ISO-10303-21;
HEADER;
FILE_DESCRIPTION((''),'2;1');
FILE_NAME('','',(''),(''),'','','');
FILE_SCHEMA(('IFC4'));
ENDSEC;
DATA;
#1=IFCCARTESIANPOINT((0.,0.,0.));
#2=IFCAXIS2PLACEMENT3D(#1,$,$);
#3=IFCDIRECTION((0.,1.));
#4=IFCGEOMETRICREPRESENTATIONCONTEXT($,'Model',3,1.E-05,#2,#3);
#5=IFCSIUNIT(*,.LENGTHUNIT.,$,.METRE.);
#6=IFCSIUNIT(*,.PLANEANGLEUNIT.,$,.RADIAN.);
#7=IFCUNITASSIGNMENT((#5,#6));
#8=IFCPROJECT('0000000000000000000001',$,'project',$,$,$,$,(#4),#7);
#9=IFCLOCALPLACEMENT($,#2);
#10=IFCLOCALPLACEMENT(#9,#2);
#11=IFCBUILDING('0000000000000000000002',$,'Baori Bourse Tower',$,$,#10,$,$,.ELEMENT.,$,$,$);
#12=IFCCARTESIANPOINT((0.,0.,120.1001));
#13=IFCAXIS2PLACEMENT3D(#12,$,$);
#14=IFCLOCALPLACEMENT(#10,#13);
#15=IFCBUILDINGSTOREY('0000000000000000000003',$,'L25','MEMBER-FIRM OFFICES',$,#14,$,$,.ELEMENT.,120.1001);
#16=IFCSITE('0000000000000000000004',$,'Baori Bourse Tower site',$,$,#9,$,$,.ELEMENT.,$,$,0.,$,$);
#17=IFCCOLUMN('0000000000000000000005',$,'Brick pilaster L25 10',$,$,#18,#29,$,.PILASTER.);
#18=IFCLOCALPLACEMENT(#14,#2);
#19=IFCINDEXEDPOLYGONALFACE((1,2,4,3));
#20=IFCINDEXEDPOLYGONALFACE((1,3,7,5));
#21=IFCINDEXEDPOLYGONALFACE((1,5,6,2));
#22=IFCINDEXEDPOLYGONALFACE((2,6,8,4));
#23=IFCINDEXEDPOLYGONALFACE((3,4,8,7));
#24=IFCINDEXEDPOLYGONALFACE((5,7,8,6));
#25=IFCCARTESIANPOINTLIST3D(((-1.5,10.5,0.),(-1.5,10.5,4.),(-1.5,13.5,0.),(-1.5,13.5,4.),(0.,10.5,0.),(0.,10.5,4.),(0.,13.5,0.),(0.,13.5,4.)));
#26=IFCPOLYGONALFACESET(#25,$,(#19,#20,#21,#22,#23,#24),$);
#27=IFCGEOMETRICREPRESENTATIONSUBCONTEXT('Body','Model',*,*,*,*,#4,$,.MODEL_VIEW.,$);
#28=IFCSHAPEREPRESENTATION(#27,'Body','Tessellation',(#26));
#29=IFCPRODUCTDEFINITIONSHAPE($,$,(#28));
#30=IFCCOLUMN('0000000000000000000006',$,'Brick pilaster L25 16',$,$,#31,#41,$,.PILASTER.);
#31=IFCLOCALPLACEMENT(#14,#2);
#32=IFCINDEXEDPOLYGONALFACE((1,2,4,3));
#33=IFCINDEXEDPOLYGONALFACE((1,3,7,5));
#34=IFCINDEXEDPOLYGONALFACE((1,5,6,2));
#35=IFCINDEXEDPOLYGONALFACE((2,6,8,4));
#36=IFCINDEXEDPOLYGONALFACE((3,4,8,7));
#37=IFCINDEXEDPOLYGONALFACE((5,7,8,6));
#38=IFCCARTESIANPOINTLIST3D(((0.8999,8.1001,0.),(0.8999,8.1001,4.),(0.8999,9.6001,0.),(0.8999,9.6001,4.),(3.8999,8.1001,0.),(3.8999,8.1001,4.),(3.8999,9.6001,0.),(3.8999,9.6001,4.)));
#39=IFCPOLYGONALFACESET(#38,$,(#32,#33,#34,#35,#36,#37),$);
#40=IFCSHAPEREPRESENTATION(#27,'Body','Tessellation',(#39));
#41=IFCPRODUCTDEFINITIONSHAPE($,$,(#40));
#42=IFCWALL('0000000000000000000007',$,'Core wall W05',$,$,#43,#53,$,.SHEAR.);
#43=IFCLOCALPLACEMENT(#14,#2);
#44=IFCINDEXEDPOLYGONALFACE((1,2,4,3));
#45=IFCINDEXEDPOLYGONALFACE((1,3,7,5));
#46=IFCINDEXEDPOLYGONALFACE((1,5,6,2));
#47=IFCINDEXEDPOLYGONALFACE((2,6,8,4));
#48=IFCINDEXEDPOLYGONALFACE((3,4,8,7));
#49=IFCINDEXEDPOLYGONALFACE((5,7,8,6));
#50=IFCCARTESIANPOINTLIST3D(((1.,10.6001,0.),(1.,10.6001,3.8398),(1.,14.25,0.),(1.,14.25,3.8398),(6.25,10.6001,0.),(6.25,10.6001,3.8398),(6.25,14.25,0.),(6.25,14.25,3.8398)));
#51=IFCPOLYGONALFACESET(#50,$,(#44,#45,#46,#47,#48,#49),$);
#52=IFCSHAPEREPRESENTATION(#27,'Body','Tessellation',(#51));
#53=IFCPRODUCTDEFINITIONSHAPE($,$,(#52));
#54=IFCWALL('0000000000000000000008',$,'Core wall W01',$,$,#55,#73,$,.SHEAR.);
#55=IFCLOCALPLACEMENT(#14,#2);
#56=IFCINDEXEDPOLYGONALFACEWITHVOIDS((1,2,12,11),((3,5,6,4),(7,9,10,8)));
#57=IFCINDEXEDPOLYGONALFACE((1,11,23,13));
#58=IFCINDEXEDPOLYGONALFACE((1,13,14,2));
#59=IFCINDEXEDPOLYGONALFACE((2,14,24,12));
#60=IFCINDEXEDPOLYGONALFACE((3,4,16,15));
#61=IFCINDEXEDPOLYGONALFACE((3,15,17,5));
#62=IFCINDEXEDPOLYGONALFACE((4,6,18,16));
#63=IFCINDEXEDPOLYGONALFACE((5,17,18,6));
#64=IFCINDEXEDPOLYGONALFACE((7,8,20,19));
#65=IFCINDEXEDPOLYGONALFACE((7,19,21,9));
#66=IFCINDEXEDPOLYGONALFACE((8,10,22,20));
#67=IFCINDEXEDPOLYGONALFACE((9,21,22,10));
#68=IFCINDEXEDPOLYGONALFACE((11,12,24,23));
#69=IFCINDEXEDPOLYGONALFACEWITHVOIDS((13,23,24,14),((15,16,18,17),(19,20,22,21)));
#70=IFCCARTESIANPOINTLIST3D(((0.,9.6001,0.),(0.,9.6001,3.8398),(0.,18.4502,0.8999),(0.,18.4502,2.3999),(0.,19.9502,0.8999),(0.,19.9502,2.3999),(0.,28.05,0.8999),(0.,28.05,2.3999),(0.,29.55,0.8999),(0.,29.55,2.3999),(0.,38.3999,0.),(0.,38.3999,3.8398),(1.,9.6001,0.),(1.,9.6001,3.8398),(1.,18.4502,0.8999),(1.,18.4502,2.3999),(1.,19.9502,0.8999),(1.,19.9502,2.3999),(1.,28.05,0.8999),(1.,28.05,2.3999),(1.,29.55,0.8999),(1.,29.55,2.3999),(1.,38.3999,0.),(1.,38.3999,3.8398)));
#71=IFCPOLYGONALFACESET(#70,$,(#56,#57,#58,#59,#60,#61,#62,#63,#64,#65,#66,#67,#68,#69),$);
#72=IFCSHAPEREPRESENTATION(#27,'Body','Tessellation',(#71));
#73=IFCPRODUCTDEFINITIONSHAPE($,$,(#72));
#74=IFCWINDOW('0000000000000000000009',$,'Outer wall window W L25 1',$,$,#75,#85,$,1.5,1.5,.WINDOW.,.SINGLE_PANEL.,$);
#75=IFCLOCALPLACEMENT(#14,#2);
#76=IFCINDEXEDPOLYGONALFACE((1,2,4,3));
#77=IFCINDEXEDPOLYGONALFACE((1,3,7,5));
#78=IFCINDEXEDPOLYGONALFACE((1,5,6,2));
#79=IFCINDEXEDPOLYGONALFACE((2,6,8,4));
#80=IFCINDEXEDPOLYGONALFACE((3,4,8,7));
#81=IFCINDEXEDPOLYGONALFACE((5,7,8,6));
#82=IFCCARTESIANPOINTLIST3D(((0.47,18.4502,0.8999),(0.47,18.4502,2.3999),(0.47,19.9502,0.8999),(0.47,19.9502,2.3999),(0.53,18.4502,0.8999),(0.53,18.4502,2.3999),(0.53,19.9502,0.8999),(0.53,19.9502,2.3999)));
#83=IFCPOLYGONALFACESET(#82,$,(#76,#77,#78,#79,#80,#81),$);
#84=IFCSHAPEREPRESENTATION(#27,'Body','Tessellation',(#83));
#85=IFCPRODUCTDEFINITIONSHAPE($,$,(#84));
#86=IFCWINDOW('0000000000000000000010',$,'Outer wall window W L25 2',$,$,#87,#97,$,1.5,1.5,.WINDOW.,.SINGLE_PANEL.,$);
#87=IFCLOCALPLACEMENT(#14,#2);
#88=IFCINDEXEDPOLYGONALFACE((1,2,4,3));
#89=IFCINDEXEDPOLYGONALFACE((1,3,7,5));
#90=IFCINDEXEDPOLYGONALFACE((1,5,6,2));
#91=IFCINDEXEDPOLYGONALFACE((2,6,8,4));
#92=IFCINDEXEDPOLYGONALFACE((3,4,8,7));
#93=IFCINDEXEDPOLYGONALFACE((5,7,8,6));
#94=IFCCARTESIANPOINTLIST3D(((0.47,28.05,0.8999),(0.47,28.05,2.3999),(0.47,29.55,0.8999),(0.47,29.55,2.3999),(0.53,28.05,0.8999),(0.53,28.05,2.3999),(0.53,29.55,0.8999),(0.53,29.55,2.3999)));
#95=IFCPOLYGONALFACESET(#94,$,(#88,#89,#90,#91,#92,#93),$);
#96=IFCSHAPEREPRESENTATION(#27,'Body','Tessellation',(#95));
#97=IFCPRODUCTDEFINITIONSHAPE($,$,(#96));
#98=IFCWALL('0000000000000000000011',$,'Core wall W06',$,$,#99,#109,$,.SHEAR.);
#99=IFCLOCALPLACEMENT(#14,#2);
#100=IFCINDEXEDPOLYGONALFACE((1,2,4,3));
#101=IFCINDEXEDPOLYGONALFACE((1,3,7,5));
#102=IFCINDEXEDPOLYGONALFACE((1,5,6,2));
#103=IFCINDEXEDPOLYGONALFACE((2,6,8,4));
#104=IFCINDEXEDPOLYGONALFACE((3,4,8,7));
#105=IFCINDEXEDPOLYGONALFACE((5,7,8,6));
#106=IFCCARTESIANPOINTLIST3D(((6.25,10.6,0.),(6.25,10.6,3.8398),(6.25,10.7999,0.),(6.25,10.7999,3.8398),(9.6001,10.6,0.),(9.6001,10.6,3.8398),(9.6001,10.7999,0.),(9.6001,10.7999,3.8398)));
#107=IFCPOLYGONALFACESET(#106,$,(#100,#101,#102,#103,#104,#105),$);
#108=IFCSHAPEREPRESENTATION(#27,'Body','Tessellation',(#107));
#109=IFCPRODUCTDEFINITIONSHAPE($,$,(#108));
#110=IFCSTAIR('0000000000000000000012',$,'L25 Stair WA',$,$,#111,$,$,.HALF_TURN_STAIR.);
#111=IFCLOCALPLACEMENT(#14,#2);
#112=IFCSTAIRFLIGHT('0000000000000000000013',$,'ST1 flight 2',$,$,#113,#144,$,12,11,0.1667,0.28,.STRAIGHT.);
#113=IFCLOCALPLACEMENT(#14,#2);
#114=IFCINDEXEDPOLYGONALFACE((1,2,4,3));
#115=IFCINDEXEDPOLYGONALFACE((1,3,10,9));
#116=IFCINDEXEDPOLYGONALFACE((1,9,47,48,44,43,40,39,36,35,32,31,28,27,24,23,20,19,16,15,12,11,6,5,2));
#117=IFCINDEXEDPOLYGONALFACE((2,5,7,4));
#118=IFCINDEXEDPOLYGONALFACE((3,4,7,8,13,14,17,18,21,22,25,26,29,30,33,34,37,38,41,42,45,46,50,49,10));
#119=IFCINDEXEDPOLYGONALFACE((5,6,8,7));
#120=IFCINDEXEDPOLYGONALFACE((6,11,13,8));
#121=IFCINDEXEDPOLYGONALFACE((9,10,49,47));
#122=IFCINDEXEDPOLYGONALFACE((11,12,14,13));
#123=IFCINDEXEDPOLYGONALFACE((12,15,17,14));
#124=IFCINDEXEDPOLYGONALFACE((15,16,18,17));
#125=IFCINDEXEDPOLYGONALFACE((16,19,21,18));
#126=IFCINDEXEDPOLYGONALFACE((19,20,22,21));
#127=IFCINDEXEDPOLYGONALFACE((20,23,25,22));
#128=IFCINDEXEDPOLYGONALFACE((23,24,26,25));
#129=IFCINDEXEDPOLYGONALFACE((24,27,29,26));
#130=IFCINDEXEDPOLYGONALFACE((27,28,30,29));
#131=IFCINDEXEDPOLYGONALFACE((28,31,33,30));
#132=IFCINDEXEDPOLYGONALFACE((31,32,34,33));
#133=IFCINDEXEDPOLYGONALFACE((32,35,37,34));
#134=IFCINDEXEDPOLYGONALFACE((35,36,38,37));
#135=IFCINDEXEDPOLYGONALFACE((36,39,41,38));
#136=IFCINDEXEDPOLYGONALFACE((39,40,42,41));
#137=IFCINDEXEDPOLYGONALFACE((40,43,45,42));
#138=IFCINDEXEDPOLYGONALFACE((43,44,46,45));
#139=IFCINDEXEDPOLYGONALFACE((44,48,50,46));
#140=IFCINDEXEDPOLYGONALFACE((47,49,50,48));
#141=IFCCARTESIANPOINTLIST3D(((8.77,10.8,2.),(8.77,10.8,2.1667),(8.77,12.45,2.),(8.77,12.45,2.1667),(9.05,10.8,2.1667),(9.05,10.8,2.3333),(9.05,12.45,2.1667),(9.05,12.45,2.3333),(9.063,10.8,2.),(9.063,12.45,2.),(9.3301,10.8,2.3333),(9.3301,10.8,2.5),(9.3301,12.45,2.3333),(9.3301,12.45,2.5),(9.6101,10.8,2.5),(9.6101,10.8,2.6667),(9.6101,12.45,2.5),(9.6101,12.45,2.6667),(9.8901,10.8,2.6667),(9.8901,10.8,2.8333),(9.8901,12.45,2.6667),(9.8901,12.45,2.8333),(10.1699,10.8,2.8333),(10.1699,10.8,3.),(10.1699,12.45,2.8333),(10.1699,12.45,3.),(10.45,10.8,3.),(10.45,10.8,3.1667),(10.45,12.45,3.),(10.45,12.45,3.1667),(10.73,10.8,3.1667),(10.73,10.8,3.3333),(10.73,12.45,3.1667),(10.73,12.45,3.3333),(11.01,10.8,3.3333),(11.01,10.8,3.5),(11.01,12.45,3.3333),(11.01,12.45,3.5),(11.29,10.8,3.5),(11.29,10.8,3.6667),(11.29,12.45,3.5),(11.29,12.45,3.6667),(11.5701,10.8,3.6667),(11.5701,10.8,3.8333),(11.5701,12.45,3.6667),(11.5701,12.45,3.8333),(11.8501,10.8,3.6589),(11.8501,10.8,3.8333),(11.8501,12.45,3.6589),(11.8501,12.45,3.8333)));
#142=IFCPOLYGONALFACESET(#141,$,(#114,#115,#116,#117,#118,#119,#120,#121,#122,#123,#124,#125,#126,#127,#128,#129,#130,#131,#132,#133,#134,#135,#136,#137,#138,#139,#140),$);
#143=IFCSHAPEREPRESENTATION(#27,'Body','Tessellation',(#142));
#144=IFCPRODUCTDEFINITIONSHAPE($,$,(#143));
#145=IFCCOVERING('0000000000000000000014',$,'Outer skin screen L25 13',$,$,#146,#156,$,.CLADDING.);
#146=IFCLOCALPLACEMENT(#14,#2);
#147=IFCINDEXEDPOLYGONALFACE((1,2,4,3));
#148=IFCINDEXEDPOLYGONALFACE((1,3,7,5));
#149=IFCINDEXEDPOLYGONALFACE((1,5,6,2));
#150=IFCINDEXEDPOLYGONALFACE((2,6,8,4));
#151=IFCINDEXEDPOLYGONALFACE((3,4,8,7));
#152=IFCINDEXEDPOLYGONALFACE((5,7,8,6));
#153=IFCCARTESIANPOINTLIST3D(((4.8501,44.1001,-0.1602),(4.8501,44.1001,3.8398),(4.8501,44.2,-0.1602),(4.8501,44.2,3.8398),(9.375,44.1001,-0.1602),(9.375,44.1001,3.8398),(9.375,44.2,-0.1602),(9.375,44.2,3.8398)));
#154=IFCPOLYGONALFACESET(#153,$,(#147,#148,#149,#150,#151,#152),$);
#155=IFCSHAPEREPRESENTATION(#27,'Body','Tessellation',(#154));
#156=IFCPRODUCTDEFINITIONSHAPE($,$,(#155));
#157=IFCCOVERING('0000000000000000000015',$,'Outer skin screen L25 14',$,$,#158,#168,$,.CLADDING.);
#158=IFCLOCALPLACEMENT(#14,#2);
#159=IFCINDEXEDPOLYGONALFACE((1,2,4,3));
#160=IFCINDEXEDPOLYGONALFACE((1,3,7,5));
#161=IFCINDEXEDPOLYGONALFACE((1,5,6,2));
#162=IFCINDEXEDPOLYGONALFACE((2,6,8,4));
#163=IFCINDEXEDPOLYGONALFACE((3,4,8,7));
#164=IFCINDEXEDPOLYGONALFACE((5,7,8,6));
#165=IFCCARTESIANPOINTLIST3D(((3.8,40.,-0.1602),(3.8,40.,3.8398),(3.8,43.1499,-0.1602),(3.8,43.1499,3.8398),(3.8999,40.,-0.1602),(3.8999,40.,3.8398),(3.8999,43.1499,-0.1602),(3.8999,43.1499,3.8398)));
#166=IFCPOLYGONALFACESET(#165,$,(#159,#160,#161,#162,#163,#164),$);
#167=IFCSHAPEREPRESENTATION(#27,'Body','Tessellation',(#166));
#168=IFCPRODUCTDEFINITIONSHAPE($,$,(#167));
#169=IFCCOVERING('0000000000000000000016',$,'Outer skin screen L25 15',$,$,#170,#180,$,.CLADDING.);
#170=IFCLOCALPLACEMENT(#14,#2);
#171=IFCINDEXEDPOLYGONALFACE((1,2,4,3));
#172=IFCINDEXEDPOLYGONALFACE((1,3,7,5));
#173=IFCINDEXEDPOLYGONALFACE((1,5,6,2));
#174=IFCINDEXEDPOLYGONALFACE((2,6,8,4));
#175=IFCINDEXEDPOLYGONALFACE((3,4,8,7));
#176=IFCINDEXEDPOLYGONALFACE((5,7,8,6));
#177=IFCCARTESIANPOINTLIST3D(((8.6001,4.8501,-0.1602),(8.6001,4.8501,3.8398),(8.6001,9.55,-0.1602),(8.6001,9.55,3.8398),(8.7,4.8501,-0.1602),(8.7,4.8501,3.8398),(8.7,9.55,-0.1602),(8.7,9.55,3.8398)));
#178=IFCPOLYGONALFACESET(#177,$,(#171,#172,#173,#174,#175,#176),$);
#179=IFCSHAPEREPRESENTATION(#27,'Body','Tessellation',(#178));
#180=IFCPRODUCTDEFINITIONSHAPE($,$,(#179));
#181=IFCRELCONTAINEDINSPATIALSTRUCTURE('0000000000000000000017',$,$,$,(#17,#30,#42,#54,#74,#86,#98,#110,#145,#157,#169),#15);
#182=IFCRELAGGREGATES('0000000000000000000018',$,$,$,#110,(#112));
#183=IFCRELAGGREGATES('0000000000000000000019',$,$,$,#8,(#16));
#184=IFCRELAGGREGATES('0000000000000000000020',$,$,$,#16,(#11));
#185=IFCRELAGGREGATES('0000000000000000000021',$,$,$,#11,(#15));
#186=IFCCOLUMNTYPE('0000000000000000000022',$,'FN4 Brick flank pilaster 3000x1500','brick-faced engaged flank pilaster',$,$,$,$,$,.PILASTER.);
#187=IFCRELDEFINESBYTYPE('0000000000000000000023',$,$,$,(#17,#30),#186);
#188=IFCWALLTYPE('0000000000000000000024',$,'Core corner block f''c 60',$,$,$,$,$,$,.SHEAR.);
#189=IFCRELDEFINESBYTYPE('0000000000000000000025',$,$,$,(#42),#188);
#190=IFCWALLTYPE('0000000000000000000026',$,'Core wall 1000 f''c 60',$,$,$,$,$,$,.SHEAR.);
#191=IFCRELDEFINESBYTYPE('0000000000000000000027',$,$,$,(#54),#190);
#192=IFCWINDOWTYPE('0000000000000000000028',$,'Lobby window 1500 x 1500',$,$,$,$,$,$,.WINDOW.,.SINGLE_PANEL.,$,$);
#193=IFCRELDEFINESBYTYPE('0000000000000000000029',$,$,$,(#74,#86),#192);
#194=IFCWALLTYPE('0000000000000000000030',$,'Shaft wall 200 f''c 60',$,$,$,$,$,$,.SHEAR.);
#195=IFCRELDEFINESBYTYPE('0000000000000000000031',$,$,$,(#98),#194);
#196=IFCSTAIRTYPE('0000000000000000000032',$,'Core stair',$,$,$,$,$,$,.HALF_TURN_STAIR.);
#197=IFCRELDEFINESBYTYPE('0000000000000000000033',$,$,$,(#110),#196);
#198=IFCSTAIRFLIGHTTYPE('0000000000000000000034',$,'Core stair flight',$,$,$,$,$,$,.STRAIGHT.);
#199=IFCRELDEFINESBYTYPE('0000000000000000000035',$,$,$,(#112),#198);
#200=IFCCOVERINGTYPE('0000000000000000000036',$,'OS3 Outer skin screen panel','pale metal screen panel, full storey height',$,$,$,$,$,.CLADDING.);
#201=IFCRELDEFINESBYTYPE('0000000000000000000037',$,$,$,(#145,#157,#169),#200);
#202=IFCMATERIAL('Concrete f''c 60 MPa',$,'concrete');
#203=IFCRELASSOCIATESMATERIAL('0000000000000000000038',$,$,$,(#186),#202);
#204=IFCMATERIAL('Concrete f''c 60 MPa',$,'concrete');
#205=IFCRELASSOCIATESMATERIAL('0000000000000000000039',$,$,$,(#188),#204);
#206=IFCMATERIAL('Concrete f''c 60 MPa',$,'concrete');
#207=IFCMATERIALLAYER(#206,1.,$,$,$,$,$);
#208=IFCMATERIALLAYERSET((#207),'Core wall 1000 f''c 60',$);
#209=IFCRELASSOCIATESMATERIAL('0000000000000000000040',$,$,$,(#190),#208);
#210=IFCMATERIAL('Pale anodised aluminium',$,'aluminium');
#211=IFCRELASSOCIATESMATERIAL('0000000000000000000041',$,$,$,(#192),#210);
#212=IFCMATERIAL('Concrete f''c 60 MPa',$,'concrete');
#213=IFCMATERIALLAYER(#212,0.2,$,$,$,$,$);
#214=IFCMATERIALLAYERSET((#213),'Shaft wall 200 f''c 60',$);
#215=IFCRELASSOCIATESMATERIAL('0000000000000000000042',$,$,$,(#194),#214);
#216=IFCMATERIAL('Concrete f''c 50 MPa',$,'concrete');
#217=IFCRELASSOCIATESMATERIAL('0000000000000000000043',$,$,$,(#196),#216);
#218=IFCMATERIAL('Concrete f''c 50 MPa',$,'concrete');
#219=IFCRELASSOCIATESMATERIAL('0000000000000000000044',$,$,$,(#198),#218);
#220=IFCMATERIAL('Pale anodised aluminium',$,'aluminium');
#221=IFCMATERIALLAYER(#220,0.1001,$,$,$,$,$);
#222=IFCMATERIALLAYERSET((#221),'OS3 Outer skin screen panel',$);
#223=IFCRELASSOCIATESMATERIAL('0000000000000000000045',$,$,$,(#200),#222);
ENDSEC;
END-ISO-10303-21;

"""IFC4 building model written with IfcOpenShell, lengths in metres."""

from ifc_helpers import new_model, si_unit, direction, frame, frame_2d, origin, origin_2d, place, context, subcontext, project, spatial, polyline, rectangle, outline, extrude, material, layer, layer_set, material_profile, profile_set, type_object, element, fill, aggregate, save


model = new_model("IFC4")

# Units and contexts
model_context = context("Model", 3, precision=1e-05, world=origin(), true_north=direction((0.0, 1.0)))
body_context = subcontext(model_context, "Body", "Model", "MODEL_VIEW")
ifc_project = project(units=[si_unit("LENGTHUNIT", "METRE"), si_unit("PLANEANGLEUNIT", "RADIAN")], contexts=[model_context])

# Site, building, storey
site_placement = place(None, origin())
site = spatial("IfcSite", under=ifc_project, at=site_placement, Name="Baori Bourse Tower site", CompositionType="ELEMENT", RefElevation=0.0)
building_placement = place(site_placement, origin())
building = spatial("IfcBuilding", under=site, at=building_placement, Name="Baori Bourse Tower", CompositionType="ELEMENT")
storey_placement = place(building_placement, frame((0.0, 0.0, 120.1001)))
storey = spatial("IfcBuildingStorey", under=building, at=storey_placement, Name="L25", Description="MEMBER-FIRM OFFICES", CompositionType="ELEMENT", Elevation=120.1001)

# Columns
ifc_material_1 = material(Name="Concrete f'c 60 MPa", Category="concrete")
ifc_material_profile = material_profile(ifc_material_1, rectangle(XDim=3.0, YDim=1.5, at=origin_2d()), Name="RC 3000x1500")
ifc_profile_set = profile_set([ifc_material_profile], Name="Concrete f'c 60 MPa")
column_type = type_object("IfcColumnType", Name="FN4 Brick flank pilaster 3000x1500", Description="brick-faced engaged flank pilaster", PredefinedType="PILASTER", material=ifc_profile_set)
for number, where, z_axis, x_axis, name in (
    (1, (-0.75, 12.0, 0.0), (0.0, 0.0, 1.0), (0.0, 1.0, 0.0), "Brick pilaster L25 10"),
    (2, (2.3999, 8.8501, 0.0), (0.0, 0.0, 1.0), (1.0, 0.0, 0.0), "Brick pilaster L25 16"),
):
    element("IfcColumn", number, at=place(storey_placement, frame(where, z_axis=z_axis, x_axis=x_axis)), inside=storey, type_object=column_type, Name=name, PredefinedType="PILASTER", context=body_context, shape_type="SweptSolid", body=[
        extrude(rectangle(XDim=3.0, YDim=1.5, at=origin_2d()), origin(), (0.0, 0.0, 1.0), 4.0),
    ])

# Wall
ifc_material_2 = material(Name="Concrete f'c 60 MPa", Category="concrete")
wall_type_1 = type_object("IfcWallType", Name="Core corner block f'c 60", PredefinedType="SHEAR", material=ifc_material_2)
wall_1_placement = place(storey_placement, frame((1.0, 12.425, 0.0), z_axis=(0.0, 0.0, 1.0), x_axis=(1.0, 0.0, 0.0)))
element("IfcWall", 3, at=wall_1_placement, inside=storey, type_object=wall_type_1, Name="Core wall W05", PredefinedType="SHEAR", context=body_context, shape_type="SweptSolid", body=[
    extrude(rectangle(XDim=5.25, YDim=3.6499, at=frame_2d((2.625, 0.0))), origin(), (0.0, 0.0, 1.0), 3.8398),
])

# Wall, openings, windows
ifc_material_3 = material(Name="Concrete f'c 60 MPa", Category="concrete")
ifc_layer_1 = layer(ifc_material_3, 1.0)
ifc_layer_set_1 = layer_set([ifc_layer_1], Name="Core wall 1000 f'c 60")
wall_type_2 = type_object("IfcWallType", Name="Core wall 1000 f'c 60", PredefinedType="SHEAR", material=ifc_layer_set_1)
wall_2_placement = place(storey_placement, frame((0.5, 9.6001, 0.0), z_axis=(0.0, 0.0, 1.0), x_axis=(0.0, 1.0, 0.0)))
wall_2 = element("IfcWall", 4, at=wall_2_placement, inside=storey, type_object=wall_type_2, Name="Core wall W01", PredefinedType="SHEAR", context=body_context, shape_type="SweptSolid", body=[
    extrude(rectangle(XDim=28.7998, YDim=1.0, at=frame_2d((14.3999, 0.0))), origin(), (0.0, 0.0, 1.0), 3.8398),
])
opening_1_placement = place(wall_2_placement, frame((8.8501, 0.0, 0.8999)))
opening_1 = element("IfcOpeningElement", 5, at=opening_1_placement, cuts=wall_2, PredefinedType="OPENING", context=body_context, shape_type="SweptSolid", body=[
    extrude(rectangle(XDim=1.5, YDim=1.5, at=frame_2d((0.75, 0.75))), frame((0.0, 0.51, 0.0), z_axis=(0.0, -1.0, 0.0), x_axis=(1.0, 0.0, 0.0)), (0.0, 0.0, 1.0), 1.02),
])
opening_2_placement = place(wall_2_placement, frame((18.45, 0.0, 0.8999)))
opening_2 = element("IfcOpeningElement", 6, at=opening_2_placement, cuts=wall_2, PredefinedType="OPENING", context=body_context, shape_type="SweptSolid", body=[
    extrude(rectangle(XDim=1.5, YDim=1.5, at=frame_2d((0.75, 0.75))), frame((0.0, 0.51, 0.0), z_axis=(0.0, -1.0, 0.0), x_axis=(1.0, 0.0, 0.0)), (0.0, 0.0, 1.0), 1.02),
])
ifc_material_4 = material(Name="Pale anodised aluminium", Category="aluminium")
window_type = type_object("IfcWindowType", Name="Lobby window 1500 x 1500", PartitioningType="SINGLE_PANEL", PredefinedType="WINDOW", material=ifc_material_4)
window_1_placement = place(opening_1_placement, origin())
window_1 = element("IfcWindow", 7, at=window_1_placement, inside=storey, type_object=window_type, Name="Outer wall window W L25 1", OverallHeight=1.5, OverallWidth=1.5, PartitioningType="SINGLE_PANEL", PredefinedType="WINDOW", context=body_context, shape_type="SweptSolid", body=[
    extrude(rectangle(XDim=1.5, YDim=1.5, at=frame_2d((0.75, 0.75))), frame((0.0, 0.03, 0.0), z_axis=(0.0, -1.0, 0.0), x_axis=(1.0, 0.0, 0.0)), (0.0, 0.0, 1.0), 0.0601),
])
fill(opening_1, window_1)
window_2_placement = place(opening_2_placement, origin())
window_2 = element("IfcWindow", 8, at=window_2_placement, inside=storey, type_object=window_type, Name="Outer wall window W L25 2", OverallHeight=1.5, OverallWidth=1.5, PartitioningType="SINGLE_PANEL", PredefinedType="WINDOW", context=body_context, shape_type="SweptSolid", body=[
    extrude(rectangle(XDim=1.5, YDim=1.5, at=frame_2d((0.75, 0.75))), frame((0.0, 0.03, 0.0), z_axis=(0.0, -1.0, 0.0), x_axis=(1.0, 0.0, 0.0)), (0.0, 0.0, 1.0), 0.0601),
])
fill(opening_2, window_2)

# Wall
ifc_material_5 = material(Name="Concrete f'c 60 MPa", Category="concrete")
ifc_layer_2 = layer(ifc_material_5, 0.2)
ifc_layer_set_2 = layer_set([ifc_layer_2], Name="Shaft wall 200 f'c 60")
wall_type_3 = type_object("IfcWallType", Name="Shaft wall 200 f'c 60", PredefinedType="SHEAR", material=ifc_layer_set_2)
wall_3_placement = place(storey_placement, frame((6.25, 10.7, 0.0), z_axis=(0.0, 0.0, 1.0), x_axis=(1.0, 0.0, 0.0)))
element("IfcWall", 9, at=wall_3_placement, inside=storey, type_object=wall_type_3, Name="Core wall W06", PredefinedType="SHEAR", context=body_context, shape_type="SweptSolid", body=[
    extrude(rectangle(XDim=3.3501, YDim=0.2, at=frame_2d((1.675, 0.0))), origin(), (0.0, 0.0, 1.0), 3.8398),
])

# Stair, stair flight
ifc_material_6 = material(Name="Concrete f'c 50 MPa", Category="concrete")
stair_type = type_object("IfcStairType", Name="Core stair", PredefinedType="HALF_TURN_STAIR", material=ifc_material_6)
stair_placement = place(storey_placement, origin())
stair = element("IfcStair", 10, at=stair_placement, inside=storey, type_object=stair_type, Name="L25 Stair WA", PredefinedType="HALF_TURN_STAIR")
ifc_material_7 = material(Name="Concrete f'c 50 MPa", Category="concrete")
stair_flight_type = type_object("IfcStairFlightType", Name="Core stair flight", PredefinedType="STRAIGHT", material=ifc_material_7)
stair_flight_placement = place(storey_placement, frame((8.77, 11.625, 2.0), z_axis=(0.0, 0.0, 1.0), x_axis=(1.0, 0.0, 0.0)))
stair_flight = element("IfcStairFlight", 11, at=stair_flight_placement, type_object=stair_flight_type, Name="ST1 flight 2", NumberOfRisers=12, NumberOfTreads=11, PredefinedType="STRAIGHT", RiserHeight=0.1667, TreadLength=0.28, context=body_context, shape_type="SweptSolid", body=[
    extrude(outline(polyline([(0.0, 0.0), (0.0, 0.1667), (0.28, 0.1667), (0.28, 0.3333), (0.5601, 0.3333), (0.5601, 0.5), (0.8401, 0.5), (0.8401, 0.6667), (1.1201, 0.6667), (1.1201, 0.8333), (1.3999, 0.8333), (1.3999, 1.0), (1.6799, 1.0), (1.6799, 1.1667), (1.96, 1.1667), (1.96, 1.3333), (2.24, 1.3333), (2.24, 1.5), (2.52, 1.5), (2.52, 1.6667), (2.8, 1.6667), (2.8, 1.8333), (3.0801, 1.8333), (3.0801, 2.0), (3.0801, 1.6589), (0.293, 0.0), (0.0, 0.0)])), frame((0.0, 0.825, 0.0), z_axis=(0.0, -1.0, 0.0), x_axis=(1.0, 0.0, 0.0)), (0.0, 0.0, 1.0), 1.6499),
])
aggregate(stair, [stair_flight])

# Coverings
ifc_material_8 = material(Name="Pale anodised aluminium", Category="aluminium")
ifc_layer_3 = layer(ifc_material_8, 0.1001)
ifc_layer_set_3 = layer_set([ifc_layer_3], Name="OS3 Outer skin screen panel")
covering_type_1 = type_object("IfcCoveringType", Name="OS3 Outer skin screen panel", Description="pale metal screen panel, full storey height", PredefinedType="CLADDING", material=ifc_layer_set_3)
covering_1_placement = place(storey_placement, frame((0.0, 0.0, -0.1602)))
element("IfcCovering", 12, at=covering_1_placement, inside=storey, type_object=covering_type_1, Name="Outer skin screen L25 13", PredefinedType="CLADDING", context=body_context, shape_type="SweptSolid", body=[
    extrude(outline(polyline([(4.8501, 44.1001), (9.375, 44.1001), (9.375, 44.2), (4.8501, 44.2), (4.8501, 44.1001)])), origin(), (0.0, 0.0, 1.0), 4.0),
])
covering_2_placement = place(storey_placement, frame((0.0, 0.0, -0.1602)))
element("IfcCovering", 13, at=covering_2_placement, inside=storey, type_object=covering_type_1, Name="Outer skin screen L25 14", PredefinedType="CLADDING", context=body_context, shape_type="SweptSolid", body=[
    extrude(outline(polyline([(3.8999, 40.0), (3.8999, 43.1499), (3.8, 43.1499), (3.8, 40.0), (3.8999, 40.0), (3.8999, 40.0)])), origin(), (0.0, 0.0, 1.0), 4.0),
])
covering_3_placement = place(storey_placement, frame((0.0, 0.0, -0.1602)))
element("IfcCovering", 14, at=covering_3_placement, inside=storey, type_object=covering_type_1, Name="Outer skin screen L25 15", PredefinedType="CLADDING", context=body_context, shape_type="SweptSolid", body=[
    extrude(outline(polyline([(8.7, 4.8501), (8.7, 9.55), (8.6001, 9.55), (8.6001, 4.8501), (8.7, 4.8501)])), origin(), (0.0, 0.0, 1.0), 4.0),
])

save(model, "model.ifc")
